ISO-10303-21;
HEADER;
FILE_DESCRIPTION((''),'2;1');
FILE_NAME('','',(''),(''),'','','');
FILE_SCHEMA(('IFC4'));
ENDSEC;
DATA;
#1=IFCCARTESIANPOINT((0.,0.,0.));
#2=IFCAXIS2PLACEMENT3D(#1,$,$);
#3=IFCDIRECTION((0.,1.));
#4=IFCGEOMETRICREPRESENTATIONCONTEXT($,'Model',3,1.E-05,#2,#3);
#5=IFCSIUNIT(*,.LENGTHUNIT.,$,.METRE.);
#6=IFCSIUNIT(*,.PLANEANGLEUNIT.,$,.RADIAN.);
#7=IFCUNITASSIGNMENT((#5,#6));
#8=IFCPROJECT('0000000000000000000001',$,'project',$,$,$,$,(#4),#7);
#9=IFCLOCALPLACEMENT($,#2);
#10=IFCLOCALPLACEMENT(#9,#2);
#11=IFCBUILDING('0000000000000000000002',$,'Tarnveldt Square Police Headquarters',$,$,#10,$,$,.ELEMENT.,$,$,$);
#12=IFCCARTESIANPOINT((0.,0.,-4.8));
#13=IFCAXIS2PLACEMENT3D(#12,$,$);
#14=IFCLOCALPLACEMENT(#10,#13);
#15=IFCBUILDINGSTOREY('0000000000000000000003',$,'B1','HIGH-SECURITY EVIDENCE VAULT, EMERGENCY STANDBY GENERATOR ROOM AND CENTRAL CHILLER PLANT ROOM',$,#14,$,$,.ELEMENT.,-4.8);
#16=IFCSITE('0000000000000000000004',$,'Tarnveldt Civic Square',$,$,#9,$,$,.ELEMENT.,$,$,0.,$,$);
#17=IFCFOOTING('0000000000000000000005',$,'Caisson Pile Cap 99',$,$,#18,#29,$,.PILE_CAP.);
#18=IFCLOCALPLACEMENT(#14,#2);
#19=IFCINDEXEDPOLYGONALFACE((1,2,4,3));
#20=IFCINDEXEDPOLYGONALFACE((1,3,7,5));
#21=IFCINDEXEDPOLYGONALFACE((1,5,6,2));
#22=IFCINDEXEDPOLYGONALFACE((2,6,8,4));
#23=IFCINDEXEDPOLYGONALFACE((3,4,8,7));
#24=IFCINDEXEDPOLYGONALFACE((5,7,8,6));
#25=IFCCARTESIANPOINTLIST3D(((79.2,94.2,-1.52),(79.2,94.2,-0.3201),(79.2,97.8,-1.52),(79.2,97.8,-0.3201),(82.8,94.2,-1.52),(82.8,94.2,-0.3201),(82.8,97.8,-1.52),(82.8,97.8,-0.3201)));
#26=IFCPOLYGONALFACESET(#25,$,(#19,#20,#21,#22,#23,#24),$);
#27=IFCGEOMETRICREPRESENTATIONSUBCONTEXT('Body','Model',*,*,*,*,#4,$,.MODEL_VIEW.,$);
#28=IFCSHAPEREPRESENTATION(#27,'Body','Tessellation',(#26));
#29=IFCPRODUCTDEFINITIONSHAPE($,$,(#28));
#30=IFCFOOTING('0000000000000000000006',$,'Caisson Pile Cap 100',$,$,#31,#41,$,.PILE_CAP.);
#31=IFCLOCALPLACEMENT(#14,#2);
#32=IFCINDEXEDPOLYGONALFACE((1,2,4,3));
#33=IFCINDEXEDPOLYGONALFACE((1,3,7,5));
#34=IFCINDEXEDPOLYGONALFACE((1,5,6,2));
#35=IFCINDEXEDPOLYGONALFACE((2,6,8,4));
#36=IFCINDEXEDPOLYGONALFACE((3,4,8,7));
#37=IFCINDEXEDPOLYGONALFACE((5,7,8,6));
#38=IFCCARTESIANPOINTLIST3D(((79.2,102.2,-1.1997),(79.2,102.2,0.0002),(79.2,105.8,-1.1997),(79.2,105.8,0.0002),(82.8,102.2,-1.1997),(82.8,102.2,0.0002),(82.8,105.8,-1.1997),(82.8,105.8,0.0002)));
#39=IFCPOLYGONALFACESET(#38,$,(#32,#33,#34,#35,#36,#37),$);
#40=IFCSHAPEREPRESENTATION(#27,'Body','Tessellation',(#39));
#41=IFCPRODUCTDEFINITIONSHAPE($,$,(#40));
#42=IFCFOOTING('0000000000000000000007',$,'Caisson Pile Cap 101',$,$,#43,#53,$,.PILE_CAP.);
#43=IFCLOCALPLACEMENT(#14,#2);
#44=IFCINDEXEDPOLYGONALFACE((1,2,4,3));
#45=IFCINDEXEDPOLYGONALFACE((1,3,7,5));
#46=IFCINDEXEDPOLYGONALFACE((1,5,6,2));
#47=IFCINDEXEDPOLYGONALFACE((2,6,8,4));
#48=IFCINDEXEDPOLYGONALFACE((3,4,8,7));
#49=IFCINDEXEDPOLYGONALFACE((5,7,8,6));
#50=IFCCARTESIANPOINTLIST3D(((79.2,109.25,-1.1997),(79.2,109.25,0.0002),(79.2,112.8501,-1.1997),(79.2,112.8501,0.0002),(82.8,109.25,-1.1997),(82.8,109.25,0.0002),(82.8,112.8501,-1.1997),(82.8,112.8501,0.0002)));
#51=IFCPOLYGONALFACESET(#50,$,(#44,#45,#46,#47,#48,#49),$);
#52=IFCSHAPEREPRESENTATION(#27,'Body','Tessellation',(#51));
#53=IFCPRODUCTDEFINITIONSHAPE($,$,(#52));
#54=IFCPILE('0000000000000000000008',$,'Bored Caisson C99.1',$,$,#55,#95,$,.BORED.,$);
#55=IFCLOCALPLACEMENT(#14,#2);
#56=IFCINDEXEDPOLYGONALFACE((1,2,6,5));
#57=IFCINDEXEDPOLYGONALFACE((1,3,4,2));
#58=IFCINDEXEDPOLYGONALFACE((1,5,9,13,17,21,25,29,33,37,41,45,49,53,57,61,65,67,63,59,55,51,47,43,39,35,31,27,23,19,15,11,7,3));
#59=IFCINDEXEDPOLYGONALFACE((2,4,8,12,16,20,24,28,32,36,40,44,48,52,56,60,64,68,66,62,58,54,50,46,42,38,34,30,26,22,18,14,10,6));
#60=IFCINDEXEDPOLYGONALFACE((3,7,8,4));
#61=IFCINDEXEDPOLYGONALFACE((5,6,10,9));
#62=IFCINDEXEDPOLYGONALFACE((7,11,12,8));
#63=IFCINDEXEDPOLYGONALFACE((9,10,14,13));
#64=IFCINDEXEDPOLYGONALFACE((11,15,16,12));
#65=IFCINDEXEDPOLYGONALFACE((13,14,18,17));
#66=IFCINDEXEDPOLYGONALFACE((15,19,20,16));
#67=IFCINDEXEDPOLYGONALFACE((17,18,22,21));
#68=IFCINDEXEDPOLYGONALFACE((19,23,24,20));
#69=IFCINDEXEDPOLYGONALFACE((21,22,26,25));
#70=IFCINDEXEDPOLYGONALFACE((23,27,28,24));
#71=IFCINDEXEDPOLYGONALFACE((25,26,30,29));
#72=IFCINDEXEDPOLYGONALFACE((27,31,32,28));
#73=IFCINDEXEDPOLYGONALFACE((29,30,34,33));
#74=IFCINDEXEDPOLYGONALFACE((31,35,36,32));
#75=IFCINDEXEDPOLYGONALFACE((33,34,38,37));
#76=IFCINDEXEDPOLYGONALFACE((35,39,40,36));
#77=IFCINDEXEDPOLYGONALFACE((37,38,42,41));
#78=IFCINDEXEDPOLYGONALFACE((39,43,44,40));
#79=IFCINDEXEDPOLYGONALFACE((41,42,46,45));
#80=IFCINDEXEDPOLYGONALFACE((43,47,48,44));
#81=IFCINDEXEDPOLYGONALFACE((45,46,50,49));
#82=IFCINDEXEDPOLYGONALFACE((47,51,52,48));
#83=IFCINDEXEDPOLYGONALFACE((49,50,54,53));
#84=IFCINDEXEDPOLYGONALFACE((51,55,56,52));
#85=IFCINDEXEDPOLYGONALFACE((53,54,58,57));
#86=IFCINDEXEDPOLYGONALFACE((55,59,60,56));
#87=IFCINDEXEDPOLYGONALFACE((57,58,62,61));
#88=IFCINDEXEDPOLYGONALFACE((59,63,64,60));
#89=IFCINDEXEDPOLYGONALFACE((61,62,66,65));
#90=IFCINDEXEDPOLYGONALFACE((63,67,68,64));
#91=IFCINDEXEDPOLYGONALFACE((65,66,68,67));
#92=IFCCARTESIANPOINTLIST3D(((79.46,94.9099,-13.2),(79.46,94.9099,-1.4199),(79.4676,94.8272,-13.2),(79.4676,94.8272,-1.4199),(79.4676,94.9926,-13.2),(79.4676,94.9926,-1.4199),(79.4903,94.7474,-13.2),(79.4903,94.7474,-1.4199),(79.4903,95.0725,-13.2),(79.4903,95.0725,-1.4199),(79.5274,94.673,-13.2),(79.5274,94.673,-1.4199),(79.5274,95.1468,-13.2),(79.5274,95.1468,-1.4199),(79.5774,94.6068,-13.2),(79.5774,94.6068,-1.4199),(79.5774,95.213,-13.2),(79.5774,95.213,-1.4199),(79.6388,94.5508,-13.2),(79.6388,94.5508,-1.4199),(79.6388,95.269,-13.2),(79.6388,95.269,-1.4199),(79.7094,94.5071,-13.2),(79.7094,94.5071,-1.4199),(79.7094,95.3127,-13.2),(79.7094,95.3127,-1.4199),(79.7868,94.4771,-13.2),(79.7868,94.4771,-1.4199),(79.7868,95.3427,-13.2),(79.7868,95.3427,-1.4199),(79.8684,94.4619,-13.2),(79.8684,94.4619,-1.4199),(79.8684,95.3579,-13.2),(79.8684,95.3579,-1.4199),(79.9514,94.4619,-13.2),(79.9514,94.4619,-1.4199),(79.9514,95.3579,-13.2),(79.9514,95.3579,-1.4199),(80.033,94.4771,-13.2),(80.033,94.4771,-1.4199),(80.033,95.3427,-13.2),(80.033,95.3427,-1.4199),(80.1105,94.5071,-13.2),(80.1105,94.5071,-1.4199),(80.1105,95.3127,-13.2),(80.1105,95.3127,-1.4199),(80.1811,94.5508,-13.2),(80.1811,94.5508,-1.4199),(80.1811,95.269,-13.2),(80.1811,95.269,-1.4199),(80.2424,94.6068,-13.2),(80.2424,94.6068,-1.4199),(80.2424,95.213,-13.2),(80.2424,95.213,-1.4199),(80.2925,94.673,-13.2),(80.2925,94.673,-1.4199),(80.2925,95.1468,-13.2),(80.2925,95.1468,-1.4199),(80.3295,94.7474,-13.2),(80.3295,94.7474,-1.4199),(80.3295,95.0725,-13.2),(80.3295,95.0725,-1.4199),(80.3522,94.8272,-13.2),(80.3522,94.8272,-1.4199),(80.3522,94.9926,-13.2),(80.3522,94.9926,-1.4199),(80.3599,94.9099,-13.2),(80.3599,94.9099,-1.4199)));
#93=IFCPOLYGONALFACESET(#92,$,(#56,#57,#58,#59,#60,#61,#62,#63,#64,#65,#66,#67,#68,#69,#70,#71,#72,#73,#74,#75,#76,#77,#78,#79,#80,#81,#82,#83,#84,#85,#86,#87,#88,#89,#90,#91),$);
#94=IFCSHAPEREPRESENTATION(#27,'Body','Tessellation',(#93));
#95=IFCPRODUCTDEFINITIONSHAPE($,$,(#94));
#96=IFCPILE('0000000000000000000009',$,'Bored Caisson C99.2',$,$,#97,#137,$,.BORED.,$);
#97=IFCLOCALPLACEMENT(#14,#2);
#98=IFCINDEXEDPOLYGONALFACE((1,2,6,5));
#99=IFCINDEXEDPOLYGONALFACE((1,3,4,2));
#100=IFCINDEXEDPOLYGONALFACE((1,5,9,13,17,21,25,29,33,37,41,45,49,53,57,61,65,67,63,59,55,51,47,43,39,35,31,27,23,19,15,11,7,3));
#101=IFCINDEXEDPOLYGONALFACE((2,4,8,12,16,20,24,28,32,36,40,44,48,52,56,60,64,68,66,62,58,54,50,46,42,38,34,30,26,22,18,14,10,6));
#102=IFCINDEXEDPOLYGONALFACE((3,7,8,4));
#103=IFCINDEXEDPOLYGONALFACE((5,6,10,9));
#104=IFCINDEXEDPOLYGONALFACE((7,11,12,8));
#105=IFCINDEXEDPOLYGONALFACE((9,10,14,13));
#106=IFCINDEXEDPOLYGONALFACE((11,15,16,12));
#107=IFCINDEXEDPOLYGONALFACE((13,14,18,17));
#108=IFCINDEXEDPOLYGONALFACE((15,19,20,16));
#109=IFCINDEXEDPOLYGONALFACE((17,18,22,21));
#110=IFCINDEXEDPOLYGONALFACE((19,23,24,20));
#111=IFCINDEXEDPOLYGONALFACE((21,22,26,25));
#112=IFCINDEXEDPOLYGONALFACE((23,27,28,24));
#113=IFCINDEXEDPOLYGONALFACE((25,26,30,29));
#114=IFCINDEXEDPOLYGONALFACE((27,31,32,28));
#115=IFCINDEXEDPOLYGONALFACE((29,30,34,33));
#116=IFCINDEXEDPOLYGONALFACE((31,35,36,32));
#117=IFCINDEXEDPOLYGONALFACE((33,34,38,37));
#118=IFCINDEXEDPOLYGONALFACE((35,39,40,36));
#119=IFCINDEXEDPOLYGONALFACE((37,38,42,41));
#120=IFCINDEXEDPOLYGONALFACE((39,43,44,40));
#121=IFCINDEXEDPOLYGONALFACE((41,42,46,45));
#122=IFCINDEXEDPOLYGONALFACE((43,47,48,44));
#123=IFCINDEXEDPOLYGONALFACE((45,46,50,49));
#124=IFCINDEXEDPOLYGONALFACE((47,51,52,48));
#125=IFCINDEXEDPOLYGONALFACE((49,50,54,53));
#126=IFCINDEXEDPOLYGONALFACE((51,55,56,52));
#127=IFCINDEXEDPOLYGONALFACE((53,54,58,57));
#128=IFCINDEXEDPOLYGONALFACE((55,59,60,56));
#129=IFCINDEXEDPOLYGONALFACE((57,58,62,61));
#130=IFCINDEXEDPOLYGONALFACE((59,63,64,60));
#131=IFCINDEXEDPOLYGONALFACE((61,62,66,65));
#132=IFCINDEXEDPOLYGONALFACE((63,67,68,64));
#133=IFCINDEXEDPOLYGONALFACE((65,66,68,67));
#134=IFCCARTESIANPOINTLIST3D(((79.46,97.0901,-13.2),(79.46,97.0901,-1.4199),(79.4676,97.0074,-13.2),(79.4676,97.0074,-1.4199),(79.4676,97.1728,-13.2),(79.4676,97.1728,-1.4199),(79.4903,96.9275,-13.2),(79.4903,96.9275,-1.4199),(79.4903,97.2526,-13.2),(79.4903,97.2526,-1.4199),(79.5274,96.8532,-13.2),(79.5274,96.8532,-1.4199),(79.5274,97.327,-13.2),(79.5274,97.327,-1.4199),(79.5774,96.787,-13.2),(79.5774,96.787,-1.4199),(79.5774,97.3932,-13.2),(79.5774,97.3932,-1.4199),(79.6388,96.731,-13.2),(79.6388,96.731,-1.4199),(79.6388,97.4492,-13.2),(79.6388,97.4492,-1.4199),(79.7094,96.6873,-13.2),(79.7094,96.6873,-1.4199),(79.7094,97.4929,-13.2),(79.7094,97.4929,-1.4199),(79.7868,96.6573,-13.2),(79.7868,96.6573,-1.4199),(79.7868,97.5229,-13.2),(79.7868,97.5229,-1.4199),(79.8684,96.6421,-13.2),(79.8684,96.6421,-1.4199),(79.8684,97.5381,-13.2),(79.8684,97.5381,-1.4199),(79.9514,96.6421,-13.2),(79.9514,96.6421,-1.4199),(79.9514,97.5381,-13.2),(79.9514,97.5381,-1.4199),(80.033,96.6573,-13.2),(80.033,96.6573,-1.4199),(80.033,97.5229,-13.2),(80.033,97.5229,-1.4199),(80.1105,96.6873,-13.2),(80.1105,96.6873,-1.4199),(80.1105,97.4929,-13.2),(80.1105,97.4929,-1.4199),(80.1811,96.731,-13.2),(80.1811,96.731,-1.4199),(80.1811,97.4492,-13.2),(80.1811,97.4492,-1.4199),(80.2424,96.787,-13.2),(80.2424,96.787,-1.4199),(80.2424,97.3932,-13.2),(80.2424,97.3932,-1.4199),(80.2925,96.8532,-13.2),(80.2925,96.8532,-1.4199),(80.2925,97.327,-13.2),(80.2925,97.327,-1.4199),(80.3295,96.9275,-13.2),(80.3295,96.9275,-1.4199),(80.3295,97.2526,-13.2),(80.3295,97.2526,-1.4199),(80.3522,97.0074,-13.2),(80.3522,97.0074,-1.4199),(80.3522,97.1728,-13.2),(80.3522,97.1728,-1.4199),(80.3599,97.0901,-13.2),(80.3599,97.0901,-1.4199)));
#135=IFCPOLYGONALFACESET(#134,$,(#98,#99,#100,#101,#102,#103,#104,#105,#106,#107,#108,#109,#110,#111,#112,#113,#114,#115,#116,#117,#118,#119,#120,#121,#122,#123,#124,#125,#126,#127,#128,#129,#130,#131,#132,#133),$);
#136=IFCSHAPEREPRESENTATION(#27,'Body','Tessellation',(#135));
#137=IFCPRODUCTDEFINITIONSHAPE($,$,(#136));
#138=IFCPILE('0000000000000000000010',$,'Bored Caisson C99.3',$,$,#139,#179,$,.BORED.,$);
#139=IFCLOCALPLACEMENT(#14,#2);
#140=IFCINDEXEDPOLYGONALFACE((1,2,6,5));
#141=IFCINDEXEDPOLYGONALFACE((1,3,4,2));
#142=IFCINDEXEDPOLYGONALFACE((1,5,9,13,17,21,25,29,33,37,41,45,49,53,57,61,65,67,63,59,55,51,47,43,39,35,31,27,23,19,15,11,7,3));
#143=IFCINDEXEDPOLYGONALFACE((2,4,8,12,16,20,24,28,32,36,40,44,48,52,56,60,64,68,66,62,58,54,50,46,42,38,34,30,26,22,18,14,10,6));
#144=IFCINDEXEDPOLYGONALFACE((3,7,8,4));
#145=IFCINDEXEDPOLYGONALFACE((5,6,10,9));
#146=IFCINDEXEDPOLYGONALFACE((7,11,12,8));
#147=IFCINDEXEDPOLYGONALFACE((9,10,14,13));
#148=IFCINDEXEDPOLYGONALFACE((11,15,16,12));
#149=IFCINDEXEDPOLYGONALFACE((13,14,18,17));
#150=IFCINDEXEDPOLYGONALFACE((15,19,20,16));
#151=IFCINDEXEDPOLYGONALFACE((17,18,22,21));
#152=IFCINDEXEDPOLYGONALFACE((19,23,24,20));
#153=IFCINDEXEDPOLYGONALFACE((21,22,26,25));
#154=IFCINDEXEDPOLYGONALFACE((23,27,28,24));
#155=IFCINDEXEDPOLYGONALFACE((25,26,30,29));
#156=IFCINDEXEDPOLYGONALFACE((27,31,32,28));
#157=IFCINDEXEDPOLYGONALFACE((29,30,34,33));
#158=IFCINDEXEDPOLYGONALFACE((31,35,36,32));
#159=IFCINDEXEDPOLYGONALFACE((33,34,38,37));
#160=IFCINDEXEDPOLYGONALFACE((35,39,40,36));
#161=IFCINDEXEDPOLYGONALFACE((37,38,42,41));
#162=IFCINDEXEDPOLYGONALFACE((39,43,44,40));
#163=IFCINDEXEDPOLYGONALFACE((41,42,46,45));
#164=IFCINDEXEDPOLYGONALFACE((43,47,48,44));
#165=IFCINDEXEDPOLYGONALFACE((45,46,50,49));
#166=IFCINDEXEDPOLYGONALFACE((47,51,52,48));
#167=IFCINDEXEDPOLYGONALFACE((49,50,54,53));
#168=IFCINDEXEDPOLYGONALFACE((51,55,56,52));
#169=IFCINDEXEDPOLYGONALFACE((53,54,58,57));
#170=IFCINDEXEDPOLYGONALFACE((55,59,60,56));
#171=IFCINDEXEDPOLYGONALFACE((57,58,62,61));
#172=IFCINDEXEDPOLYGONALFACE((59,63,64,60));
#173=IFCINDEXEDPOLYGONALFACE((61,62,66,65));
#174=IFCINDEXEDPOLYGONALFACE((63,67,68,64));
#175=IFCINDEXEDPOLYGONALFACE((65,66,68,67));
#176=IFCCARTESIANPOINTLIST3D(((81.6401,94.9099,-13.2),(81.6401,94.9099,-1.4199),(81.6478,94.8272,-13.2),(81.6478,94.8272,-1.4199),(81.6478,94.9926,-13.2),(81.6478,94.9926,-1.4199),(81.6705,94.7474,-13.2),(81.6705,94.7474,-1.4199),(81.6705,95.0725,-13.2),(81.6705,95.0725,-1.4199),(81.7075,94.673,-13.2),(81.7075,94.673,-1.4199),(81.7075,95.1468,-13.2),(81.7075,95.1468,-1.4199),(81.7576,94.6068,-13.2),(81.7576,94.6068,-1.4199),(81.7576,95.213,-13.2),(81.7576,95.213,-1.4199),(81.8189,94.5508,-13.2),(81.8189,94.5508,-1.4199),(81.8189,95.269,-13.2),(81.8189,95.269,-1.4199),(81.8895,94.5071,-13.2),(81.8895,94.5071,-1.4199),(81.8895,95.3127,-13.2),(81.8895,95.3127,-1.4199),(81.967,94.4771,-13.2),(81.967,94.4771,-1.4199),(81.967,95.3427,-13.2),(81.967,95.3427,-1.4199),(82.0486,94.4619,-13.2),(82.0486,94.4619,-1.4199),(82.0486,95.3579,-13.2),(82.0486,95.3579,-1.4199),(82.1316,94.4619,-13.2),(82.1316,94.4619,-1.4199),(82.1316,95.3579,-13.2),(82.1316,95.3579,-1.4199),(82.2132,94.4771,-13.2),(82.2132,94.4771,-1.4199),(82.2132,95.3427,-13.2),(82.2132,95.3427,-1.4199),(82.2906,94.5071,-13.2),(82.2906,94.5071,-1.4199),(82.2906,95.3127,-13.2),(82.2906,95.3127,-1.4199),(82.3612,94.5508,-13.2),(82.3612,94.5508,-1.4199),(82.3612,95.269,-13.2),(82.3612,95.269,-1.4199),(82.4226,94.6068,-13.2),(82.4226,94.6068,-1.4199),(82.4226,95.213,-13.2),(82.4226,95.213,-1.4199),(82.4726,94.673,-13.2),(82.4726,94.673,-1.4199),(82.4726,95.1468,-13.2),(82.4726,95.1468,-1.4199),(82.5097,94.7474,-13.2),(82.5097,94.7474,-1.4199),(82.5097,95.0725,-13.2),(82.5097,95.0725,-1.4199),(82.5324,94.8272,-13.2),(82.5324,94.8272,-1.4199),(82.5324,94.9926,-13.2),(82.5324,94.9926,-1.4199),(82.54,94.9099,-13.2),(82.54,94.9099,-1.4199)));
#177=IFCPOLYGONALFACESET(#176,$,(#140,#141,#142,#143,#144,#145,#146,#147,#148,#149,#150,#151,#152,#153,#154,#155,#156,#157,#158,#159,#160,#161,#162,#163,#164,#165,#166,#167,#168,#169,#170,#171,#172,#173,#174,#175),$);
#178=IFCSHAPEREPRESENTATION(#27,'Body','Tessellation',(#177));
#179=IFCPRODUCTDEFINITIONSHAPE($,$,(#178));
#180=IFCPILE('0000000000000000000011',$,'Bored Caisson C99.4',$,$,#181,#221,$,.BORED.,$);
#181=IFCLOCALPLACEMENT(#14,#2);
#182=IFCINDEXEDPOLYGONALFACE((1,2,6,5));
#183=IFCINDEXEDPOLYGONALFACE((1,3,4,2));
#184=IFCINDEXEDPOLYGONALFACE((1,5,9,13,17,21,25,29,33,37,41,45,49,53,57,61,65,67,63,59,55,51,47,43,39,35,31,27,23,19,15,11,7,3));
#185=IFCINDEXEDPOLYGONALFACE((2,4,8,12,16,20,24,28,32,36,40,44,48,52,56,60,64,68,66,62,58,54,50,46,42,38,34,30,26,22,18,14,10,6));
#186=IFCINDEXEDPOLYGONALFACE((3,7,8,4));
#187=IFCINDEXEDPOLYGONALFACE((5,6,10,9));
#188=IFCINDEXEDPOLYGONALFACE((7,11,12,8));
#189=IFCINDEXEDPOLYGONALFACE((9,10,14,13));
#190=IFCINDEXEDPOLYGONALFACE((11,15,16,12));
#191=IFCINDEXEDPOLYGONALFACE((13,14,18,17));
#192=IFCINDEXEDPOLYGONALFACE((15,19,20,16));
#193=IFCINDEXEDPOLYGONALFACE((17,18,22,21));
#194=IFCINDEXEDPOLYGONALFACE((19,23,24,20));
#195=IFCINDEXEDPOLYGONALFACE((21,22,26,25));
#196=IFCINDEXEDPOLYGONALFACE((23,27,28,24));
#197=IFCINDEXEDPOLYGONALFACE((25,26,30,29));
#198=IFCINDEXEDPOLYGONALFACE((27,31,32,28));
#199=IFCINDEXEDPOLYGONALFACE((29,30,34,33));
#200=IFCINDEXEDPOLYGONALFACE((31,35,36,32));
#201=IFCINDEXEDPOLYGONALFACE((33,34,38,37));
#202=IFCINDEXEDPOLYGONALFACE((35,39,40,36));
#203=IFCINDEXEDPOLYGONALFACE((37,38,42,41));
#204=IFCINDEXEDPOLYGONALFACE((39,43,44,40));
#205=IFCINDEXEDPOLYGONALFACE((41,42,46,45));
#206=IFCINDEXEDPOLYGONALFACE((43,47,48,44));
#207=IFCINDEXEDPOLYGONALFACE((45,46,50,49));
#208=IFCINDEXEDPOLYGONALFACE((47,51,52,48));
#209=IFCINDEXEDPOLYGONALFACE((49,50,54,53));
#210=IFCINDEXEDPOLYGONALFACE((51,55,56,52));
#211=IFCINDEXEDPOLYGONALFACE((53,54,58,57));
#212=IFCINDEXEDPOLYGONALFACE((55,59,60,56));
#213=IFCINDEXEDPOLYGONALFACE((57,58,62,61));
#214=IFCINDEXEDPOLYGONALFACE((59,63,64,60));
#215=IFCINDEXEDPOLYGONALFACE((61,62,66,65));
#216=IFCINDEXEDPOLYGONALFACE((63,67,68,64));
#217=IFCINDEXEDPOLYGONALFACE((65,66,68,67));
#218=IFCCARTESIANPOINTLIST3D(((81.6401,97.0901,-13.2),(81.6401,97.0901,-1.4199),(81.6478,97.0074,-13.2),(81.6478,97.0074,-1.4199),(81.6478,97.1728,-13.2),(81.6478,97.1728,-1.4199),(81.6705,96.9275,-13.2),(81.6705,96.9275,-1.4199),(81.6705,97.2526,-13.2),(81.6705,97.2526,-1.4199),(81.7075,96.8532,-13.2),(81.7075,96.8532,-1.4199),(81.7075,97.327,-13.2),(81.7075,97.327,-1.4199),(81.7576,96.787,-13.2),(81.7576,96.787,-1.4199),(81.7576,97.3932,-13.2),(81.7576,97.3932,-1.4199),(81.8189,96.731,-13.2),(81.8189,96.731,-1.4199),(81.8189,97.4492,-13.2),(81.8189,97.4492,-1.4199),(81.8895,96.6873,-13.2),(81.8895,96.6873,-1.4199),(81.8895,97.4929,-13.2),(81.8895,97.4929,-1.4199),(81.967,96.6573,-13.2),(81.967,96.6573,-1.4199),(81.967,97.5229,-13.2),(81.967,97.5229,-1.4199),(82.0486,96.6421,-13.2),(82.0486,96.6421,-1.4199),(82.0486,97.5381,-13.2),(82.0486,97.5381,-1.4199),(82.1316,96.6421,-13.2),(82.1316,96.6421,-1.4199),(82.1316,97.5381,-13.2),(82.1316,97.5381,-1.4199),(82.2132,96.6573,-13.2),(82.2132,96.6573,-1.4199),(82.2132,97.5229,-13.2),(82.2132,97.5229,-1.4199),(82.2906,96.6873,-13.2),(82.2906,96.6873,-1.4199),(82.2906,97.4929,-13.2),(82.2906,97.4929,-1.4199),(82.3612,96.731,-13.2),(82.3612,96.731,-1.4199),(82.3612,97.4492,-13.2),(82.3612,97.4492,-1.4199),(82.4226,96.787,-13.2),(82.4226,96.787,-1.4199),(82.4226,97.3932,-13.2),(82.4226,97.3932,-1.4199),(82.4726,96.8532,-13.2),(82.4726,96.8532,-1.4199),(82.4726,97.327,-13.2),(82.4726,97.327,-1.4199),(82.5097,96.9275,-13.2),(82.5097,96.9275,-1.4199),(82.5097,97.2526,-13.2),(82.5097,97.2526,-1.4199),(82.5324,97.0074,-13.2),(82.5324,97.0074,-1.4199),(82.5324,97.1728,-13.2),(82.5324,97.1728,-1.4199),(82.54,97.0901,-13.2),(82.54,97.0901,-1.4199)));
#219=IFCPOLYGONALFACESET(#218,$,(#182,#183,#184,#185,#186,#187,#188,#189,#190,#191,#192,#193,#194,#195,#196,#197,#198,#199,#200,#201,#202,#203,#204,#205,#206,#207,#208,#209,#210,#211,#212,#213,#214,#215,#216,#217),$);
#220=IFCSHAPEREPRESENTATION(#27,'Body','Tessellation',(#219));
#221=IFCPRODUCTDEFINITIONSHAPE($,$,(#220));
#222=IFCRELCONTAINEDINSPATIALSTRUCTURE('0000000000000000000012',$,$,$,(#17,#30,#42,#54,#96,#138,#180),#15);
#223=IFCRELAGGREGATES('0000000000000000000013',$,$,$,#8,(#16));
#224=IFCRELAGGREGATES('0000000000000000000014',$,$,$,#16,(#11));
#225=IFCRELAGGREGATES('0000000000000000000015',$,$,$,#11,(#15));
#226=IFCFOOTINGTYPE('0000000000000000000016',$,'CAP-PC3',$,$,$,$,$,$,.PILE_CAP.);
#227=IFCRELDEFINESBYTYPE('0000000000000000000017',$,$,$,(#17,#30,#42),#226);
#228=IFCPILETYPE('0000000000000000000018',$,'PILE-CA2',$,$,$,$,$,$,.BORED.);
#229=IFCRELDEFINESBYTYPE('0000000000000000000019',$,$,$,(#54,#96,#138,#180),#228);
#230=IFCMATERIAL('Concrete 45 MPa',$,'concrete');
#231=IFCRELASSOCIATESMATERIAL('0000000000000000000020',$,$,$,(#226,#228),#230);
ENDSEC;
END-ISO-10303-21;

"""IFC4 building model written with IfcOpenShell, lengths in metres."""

from ifc_helpers import new_model, si_unit, direction, frame, origin, origin_2d, place, context, subcontext, project, spatial, rectangle, circle, extrude, material, material_profile, profile_set, type_object, element, save


model = new_model("IFC4")

# Units and contexts
model_context = context("Model", 3, precision=1e-05, world=origin(), true_north=direction((0.0, 1.0)))
body_context = subcontext(model_context, "Body", "Model", "MODEL_VIEW")
ifc_project = project(units=[si_unit("LENGTHUNIT", "METRE"), si_unit("PLANEANGLEUNIT", "RADIAN")], contexts=[model_context])

# Site, building, storey
site_placement = place(None, origin())
site = spatial("IfcSite", under=ifc_project, at=site_placement, Name="Tarnveldt Civic Square", CompositionType="ELEMENT", RefElevation=0.0)
building_placement = place(site_placement, origin())
building = spatial("IfcBuilding", under=site, at=building_placement, Name="Tarnveldt Square Police Headquarters", CompositionType="ELEMENT")
storey_placement = place(building_placement, frame((0.0, 0.0, -4.8)))
storey = spatial("IfcBuildingStorey", under=building, at=storey_placement, Name="B1", Description="HIGH-SECURITY EVIDENCE VAULT, EMERGENCY STANDBY GENERATOR ROOM AND CENTRAL CHILLER PLANT ROOM", CompositionType="ELEMENT", Elevation=-4.8)

# Footings
ifc_material_1 = material(Name="Concrete 45 MPa", Category="concrete")
footing_type = type_object("IfcFootingType", Name="CAP-PC3", PredefinedType="PILE_CAP", material=ifc_material_1)
for number, where, z_axis, x_axis, name in (
    (1, (81.0, 96.0, -1.52), (0.0, 0.0, 1.0), (1.0, 0.0, 0.0), "Caisson Pile Cap 99"),
    (2, (81.0, 104.0, -1.1997), (0.0, 0.0, 1.0), (1.0, 0.0, 0.0), "Caisson Pile Cap 100"),
    (3, (81.0, 111.05, -1.1997), (0.0, 0.0, 1.0), (1.0, 0.0, 0.0), "Caisson Pile Cap 101"),
):
    element("IfcFooting", number, at=place(storey_placement, frame(where, z_axis=z_axis, x_axis=x_axis)), inside=storey, type_object=footing_type, Name=name, PredefinedType="PILE_CAP", context=body_context, shape_type="SweptSolid", body=[
        extrude(rectangle(XDim=3.6001, YDim=3.6001, at=origin_2d()), origin(), (0.0, 0.0, 1.0), 1.2),
    ])

# Piles
ifc_material_profile_1 = material_profile(ifc_material_1, circle(Radius=0.45, at=origin_2d()), Name="CAISSON-D900")
ifc_profile_set_1 = profile_set([ifc_material_profile_1], Name="Concrete 45 MPa")
pile_type_1 = type_object("IfcPileType", Name="PILE-CA2", PredefinedType="BORED", material=ifc_profile_set_1)
for number, where, z_axis, x_axis, name in (
    (4, (79.9099, 94.9099, -1.4199), (0.0, 0.0, -1.0), (1.0, 0.0, 0.0), "Bored Caisson C99.1"),
    (5, (79.9099, 97.0901, -1.4199), (0.0, 0.0, -1.0), (1.0, 0.0, 0.0), "Bored Caisson C99.2"),
    (6, (82.0901, 94.9099, -1.4199), (0.0, 0.0, -1.0), (1.0, 0.0, 0.0), "Bored Caisson C99.3"),
    (7, (82.0901, 97.0901, -1.4199), (0.0, 0.0, -1.0), (1.0, 0.0, 0.0), "Bored Caisson C99.4"),
):
    element("IfcPile", number, at=place(storey_placement, frame(where, z_axis=z_axis, x_axis=x_axis)), inside=storey, type_object=pile_type_1, Name=name, PredefinedType="BORED", context=body_context, shape_type="SweptSolid", body=[
        extrude(circle(Radius=0.45, at=origin_2d()), origin(), (0.0, 0.0, 1.0), 11.78),
    ])

save(model, "model.ifc")
